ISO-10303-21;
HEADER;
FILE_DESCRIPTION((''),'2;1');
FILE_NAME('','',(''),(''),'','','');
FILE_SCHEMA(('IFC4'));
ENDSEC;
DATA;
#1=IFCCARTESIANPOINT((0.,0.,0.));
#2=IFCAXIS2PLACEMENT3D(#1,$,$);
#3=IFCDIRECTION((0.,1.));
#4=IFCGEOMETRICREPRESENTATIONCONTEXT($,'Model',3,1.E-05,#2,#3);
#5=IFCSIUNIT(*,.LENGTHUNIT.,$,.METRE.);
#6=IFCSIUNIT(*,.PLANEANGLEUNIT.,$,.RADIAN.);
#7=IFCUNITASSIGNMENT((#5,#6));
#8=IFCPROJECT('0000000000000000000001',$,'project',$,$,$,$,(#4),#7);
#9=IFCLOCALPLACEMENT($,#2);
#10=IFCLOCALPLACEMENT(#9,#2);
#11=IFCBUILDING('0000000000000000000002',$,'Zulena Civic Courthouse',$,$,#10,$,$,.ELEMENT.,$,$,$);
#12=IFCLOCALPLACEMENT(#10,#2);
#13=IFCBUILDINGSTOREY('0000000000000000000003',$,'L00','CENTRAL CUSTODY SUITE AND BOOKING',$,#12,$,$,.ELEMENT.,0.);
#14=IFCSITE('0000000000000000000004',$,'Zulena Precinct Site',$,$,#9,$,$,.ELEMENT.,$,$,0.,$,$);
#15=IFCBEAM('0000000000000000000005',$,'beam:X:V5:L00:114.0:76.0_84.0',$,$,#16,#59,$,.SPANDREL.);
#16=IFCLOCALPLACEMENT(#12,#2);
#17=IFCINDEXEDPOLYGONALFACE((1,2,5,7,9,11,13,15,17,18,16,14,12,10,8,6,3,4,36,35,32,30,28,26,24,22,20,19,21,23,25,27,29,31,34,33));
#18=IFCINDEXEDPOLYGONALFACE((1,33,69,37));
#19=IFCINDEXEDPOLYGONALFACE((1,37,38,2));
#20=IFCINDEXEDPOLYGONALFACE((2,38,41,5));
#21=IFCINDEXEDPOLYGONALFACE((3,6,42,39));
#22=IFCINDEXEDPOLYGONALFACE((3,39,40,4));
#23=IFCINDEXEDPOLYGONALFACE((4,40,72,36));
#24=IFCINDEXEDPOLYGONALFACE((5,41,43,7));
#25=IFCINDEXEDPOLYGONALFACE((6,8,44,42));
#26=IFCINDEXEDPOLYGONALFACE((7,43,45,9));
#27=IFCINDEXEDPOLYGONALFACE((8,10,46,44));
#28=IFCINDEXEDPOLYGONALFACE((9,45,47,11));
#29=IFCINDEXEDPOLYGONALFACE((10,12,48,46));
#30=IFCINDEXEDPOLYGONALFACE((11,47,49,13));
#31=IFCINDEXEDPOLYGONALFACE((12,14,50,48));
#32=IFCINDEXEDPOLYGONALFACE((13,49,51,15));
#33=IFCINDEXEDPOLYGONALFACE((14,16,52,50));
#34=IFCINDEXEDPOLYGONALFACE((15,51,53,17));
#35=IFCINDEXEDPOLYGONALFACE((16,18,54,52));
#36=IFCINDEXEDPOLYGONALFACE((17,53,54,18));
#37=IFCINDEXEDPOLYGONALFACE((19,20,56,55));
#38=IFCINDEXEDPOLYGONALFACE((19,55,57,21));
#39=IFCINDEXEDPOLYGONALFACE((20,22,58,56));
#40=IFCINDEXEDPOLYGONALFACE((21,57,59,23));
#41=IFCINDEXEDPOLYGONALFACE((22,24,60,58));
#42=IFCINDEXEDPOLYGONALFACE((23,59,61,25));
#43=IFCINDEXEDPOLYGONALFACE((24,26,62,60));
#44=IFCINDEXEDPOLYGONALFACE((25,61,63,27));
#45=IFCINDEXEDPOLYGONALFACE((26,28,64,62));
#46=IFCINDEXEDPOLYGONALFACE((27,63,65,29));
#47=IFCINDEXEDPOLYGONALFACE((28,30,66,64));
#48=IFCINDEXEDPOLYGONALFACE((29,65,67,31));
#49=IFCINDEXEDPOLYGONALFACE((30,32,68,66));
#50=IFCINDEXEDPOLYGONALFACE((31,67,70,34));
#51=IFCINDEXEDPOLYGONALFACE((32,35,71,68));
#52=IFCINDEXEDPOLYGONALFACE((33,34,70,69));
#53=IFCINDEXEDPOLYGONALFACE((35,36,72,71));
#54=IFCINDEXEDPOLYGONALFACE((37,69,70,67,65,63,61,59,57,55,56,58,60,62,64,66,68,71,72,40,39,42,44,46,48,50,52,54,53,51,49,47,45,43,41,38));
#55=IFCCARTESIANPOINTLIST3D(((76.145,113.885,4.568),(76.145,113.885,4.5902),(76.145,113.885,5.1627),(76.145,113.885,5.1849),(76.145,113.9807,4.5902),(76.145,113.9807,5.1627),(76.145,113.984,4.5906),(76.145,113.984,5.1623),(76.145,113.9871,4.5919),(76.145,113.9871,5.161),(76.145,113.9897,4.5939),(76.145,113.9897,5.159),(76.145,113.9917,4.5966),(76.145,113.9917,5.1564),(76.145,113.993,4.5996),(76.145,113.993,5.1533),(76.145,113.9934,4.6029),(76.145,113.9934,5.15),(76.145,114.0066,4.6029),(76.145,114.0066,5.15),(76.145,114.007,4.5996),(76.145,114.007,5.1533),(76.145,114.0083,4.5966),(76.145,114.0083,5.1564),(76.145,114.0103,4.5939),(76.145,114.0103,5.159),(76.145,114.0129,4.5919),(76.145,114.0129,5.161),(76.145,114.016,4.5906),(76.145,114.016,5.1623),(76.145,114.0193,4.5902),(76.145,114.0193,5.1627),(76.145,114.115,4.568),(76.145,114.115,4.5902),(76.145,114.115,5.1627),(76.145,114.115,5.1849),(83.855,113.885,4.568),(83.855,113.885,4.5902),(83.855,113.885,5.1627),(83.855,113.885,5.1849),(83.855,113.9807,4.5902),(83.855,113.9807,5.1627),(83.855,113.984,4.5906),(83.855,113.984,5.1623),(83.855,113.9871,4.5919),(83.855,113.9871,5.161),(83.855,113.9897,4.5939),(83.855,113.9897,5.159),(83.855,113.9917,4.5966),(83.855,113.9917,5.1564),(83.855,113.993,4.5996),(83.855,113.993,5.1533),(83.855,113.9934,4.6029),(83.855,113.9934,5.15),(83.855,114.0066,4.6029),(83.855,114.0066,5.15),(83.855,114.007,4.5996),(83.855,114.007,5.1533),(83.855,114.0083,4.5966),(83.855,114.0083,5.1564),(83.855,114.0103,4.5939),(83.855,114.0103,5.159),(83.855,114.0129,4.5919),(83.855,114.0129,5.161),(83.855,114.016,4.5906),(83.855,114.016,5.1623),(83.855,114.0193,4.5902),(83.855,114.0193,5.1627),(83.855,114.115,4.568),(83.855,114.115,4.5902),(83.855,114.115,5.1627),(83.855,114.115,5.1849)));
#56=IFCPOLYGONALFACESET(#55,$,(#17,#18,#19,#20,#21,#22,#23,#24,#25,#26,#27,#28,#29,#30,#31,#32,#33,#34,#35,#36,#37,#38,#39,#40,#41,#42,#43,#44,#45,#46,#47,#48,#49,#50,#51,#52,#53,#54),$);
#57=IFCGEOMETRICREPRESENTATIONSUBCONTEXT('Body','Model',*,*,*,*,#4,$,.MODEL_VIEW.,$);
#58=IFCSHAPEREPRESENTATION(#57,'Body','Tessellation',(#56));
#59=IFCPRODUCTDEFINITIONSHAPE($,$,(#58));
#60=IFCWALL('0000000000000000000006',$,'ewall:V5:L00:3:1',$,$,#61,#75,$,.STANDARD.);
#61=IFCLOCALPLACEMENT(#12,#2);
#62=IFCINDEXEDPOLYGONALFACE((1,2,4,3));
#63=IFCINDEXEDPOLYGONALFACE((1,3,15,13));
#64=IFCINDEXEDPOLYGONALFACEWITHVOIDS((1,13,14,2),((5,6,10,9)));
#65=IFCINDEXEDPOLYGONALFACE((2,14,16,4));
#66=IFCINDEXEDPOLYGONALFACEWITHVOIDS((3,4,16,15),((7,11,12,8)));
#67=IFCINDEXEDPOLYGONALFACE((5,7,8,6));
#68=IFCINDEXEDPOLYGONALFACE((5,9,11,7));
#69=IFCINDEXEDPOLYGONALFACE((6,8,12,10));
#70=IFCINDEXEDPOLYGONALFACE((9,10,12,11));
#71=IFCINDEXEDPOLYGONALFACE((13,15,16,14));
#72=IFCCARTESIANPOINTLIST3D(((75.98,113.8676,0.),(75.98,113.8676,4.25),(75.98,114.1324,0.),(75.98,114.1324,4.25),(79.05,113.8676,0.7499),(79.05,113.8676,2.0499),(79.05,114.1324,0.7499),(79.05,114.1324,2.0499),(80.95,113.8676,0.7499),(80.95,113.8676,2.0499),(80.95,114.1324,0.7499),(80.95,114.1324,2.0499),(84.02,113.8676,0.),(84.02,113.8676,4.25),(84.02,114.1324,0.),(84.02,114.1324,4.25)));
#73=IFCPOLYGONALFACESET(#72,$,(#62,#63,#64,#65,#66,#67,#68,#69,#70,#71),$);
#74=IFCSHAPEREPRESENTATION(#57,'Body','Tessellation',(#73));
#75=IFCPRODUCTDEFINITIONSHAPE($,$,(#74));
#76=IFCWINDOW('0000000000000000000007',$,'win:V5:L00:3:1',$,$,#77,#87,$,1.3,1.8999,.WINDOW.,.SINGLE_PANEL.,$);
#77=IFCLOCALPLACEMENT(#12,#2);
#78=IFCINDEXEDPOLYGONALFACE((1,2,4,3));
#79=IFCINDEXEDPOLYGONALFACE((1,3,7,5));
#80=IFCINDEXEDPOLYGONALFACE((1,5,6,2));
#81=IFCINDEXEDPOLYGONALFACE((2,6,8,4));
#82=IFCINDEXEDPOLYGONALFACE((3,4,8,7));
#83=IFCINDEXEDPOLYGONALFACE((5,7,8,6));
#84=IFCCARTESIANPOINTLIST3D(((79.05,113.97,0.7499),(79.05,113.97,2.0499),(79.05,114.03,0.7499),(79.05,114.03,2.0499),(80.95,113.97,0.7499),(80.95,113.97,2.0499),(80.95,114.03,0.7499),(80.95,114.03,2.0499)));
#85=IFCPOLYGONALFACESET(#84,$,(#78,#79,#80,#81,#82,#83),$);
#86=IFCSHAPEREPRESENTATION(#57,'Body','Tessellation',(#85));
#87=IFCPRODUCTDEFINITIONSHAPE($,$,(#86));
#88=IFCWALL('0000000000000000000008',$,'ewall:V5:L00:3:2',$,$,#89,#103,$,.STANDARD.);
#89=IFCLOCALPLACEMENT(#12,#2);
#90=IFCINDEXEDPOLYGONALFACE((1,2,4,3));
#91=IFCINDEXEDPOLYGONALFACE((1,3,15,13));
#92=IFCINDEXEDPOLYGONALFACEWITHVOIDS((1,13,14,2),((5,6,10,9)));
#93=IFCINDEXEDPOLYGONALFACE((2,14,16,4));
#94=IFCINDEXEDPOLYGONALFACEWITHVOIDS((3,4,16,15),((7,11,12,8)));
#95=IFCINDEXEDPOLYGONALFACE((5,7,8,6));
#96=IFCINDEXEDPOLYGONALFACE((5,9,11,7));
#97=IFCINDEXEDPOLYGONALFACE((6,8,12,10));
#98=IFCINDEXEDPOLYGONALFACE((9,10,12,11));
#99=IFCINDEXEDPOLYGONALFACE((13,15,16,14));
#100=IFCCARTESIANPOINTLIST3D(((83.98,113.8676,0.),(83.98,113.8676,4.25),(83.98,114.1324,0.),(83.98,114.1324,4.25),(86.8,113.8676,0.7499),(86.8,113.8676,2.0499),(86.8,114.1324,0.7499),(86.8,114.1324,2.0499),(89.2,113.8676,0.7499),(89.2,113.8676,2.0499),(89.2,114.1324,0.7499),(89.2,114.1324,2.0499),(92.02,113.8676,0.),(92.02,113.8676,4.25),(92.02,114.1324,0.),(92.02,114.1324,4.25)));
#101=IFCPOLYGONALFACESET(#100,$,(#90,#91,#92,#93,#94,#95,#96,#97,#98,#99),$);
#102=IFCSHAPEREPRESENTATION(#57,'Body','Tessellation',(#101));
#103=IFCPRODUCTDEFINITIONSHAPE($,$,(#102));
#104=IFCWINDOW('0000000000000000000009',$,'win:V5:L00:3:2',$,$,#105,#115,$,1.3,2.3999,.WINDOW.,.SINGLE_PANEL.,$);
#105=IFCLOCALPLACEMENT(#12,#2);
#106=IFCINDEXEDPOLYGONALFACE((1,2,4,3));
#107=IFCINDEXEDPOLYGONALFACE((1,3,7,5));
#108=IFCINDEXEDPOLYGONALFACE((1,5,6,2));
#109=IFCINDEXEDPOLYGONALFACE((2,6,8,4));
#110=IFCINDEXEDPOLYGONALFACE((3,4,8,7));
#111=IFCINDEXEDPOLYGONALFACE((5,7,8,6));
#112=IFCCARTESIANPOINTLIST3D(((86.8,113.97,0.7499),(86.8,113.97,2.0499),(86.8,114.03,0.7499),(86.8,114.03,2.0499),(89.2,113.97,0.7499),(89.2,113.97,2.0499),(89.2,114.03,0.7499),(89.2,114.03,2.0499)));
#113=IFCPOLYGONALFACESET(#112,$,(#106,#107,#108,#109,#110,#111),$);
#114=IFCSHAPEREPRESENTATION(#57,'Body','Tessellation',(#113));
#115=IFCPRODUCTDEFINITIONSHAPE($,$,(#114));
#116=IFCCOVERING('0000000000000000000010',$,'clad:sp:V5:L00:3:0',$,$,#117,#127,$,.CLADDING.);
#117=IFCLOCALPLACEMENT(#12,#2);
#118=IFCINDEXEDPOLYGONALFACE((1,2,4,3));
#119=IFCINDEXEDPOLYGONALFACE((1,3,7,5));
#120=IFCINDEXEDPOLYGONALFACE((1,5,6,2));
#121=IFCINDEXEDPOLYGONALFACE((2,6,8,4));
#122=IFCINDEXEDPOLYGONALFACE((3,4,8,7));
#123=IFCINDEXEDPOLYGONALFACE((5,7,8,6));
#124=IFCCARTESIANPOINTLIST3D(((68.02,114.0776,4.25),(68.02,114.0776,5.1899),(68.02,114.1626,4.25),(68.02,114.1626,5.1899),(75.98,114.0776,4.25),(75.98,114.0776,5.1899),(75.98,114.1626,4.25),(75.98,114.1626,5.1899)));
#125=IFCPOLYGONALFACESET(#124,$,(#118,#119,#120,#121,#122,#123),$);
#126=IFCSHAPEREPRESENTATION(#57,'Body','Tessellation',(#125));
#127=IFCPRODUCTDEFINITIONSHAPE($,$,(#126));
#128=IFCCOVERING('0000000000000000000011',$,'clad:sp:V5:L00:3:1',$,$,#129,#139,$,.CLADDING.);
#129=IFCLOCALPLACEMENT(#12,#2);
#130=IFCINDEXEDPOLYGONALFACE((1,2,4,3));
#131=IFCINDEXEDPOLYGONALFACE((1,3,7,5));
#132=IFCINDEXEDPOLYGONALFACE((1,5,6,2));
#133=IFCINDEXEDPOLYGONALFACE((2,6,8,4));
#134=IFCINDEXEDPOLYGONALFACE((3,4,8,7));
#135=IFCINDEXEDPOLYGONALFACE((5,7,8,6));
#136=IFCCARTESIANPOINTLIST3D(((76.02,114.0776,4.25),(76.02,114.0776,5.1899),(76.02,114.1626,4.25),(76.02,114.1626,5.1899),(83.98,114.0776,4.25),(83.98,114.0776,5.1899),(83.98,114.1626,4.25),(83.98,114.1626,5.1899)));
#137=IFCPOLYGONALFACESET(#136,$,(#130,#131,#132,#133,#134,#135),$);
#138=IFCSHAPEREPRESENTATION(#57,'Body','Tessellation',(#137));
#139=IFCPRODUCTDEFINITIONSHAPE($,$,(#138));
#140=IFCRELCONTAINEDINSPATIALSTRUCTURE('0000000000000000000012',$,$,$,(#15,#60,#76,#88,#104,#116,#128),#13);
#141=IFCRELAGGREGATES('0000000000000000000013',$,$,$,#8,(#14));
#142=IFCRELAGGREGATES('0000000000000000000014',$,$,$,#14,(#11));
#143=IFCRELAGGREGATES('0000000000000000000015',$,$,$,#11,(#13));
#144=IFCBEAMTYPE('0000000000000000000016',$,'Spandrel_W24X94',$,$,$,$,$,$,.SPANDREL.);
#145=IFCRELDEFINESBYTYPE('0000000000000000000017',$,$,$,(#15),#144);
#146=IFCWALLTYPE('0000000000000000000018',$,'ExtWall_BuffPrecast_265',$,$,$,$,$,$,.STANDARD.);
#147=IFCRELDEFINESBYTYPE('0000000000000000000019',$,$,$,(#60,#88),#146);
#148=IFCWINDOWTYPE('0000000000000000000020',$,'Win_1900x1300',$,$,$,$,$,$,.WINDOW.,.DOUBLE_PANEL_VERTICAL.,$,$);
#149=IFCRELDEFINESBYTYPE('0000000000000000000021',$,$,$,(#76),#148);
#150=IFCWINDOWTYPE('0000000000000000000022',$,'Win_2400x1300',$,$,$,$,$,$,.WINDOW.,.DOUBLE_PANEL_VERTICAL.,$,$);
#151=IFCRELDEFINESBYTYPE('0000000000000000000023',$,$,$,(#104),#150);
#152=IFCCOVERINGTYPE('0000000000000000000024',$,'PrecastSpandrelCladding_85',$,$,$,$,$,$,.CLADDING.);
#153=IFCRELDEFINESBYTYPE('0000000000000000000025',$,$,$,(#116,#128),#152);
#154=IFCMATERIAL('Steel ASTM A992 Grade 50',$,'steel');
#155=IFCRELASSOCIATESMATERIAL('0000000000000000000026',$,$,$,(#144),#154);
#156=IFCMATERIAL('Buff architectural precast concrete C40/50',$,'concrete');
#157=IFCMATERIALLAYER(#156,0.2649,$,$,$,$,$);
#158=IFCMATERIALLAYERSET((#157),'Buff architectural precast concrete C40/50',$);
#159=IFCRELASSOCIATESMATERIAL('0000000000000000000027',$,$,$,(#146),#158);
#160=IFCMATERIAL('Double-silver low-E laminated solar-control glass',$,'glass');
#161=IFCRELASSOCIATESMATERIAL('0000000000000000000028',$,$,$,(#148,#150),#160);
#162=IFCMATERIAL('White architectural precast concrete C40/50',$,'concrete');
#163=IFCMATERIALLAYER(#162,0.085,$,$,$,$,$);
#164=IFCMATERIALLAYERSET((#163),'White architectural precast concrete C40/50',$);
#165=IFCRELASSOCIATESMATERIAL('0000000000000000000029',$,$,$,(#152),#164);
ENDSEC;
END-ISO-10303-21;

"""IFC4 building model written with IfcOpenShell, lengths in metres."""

from ifc_helpers import new_model, si_unit, direction, frame, frame_2d, origin, origin_2d, place, context, subcontext, project, spatial, rectangle, i_section, extrude, material, layer, layer_set, material_profile, profile_set, type_object, element, fill, save


model = new_model("IFC4")

# Units and contexts
model_context = context("Model", 3, precision=1e-05, world=origin(), true_north=direction((0.0, 1.0)))
body_context = subcontext(model_context, "Body", "Model", "MODEL_VIEW")
ifc_project = project(units=[si_unit("LENGTHUNIT", "METRE"), si_unit("PLANEANGLEUNIT", "RADIAN")], contexts=[model_context])

# Site, building, storey
site_placement = place(None, origin())
site = spatial("IfcSite", under=ifc_project, at=site_placement, Name="Zulena Precinct Site", CompositionType="ELEMENT", RefElevation=0.0)
building_placement = place(site_placement, origin())
building = spatial("IfcBuilding", under=site, at=building_placement, Name="Zulena Civic Courthouse", CompositionType="ELEMENT")
storey_placement = place(building_placement, origin())
storey = spatial("IfcBuildingStorey", under=building, at=storey_placement, Name="L00", Description="CENTRAL CUSTODY SUITE AND BOOKING", CompositionType="ELEMENT", Elevation=0.0)

# Shared definitions
ifc_material_1 = material(Name="Steel ASTM A992 Grade 50", Category="steel")

# Beam
ifc_material_profile_1 = material_profile(ifc_material_1, i_section(OverallWidth=0.23, OverallDepth=0.6169, WebThickness=0.0132, FlangeThickness=0.0222, FilletRadius=0.0127, at=origin_2d()), Name="W24X94")
ifc_profile_set_1 = profile_set([ifc_material_profile_1], Name="Steel ASTM A992 Grade 50")
beam_type_1 = type_object("IfcBeamType", Name="Spandrel_W24X94", PredefinedType="SPANDREL", material=ifc_profile_set_1)
for number, where, z_axis, x_axis, name in (
    (1, (76.145, 114.0, 4.8765), (1.0, 0.0, 0.0), (0.0, 1.0, 0.0), "beam:X:V5:L00:114.0:76.0_84.0"),
):
    element("IfcBeam", number, at=place(storey_placement, frame(where, z_axis=z_axis, x_axis=x_axis)), inside=storey, type_object=beam_type_1, Name=name, PredefinedType="SPANDREL", context=body_context, shape_type="SweptSolid", body=[
        extrude(i_section(OverallWidth=0.23, OverallDepth=0.6169, WebThickness=0.0132, FlangeThickness=0.0222, FilletRadius=0.0127, at=origin_2d()), origin(), (0.0, 0.0, 1.0), 7.71),
    ])

# Walls, openings, windows
ifc_material_2 = material(Name="Buff architectural precast concrete C40/50", Category="concrete")
ifc_layer_1 = layer(ifc_material_2, 0.2649)
ifc_layer_set_1 = layer_set([ifc_layer_1], Name="Buff architectural precast concrete C40/50")
wall_type = type_object("IfcWallType", Name="ExtWall_BuffPrecast_265", PredefinedType="STANDARD", material=ifc_layer_set_1)
wall_1_placement = place(storey_placement, frame((75.98, 114.0, 0.0), z_axis=(0.0, 0.0, 1.0), x_axis=(1.0, 0.0, 0.0)))
wall_1 = element("IfcWall", 2, at=wall_1_placement, inside=storey, type_object=wall_type, Name="ewall:V5:L00:3:1", PredefinedType="STANDARD", context=body_context, shape_type="SweptSolid", body=[
    extrude(rectangle(XDim=8.04, YDim=0.2649, at=frame_2d((4.02, 0.0))), origin(), (0.0, 0.0, 1.0), 4.25),
])
opening_1_placement = place(wall_1_placement, frame((3.0701, 0.0, 0.75)))
opening_1 = element("IfcOpeningElement", 3, at=opening_1_placement, cuts=wall_1, PredefinedType="OPENING", context=body_context, shape_type="SweptSolid", body=[
    extrude(rectangle(XDim=1.8999, YDim=1.3, at=frame_2d((0.95, 0.6499))), frame((0.0, 0.1423, 0.0), z_axis=(0.0, -1.0, 0.0), x_axis=(1.0, 0.0, 0.0)), (0.0, 0.0, 1.0), 0.2849),
])
ifc_material_3 = material(Name="Double-silver low-E laminated solar-control glass", Category="glass")
window_type_1 = type_object("IfcWindowType", Name="Win_1900x1300", PartitioningType="DOUBLE_PANEL_VERTICAL", PredefinedType="WINDOW", material=ifc_material_3)
window_1_placement = place(opening_1_placement, origin())
window_1 = element("IfcWindow", 4, at=window_1_placement, inside=storey, type_object=window_type_1, Name="win:V5:L00:3:1", OverallHeight=1.3, OverallWidth=1.8999, PartitioningType="SINGLE_PANEL", PredefinedType="WINDOW", context=body_context, shape_type="SweptSolid", body=[
    extrude(rectangle(XDim=1.8999, YDim=1.3, at=frame_2d((0.95, 0.6499))), frame((0.0, 0.03, 0.0), z_axis=(0.0, -1.0, 0.0), x_axis=(1.0, 0.0, 0.0)), (0.0, 0.0, 1.0), 0.0601),
])
fill(opening_1, window_1)
wall_2_placement = place(storey_placement, frame((83.98, 114.0, 0.0), z_axis=(0.0, 0.0, 1.0), x_axis=(1.0, 0.0, 0.0)))
wall_2 = element("IfcWall", 5, at=wall_2_placement, inside=storey, type_object=wall_type, Name="ewall:V5:L00:3:2", PredefinedType="STANDARD", context=body_context, shape_type="SweptSolid", body=[
    extrude(rectangle(XDim=8.04, YDim=0.2649, at=frame_2d((4.02, 0.0))), origin(), (0.0, 0.0, 1.0), 4.25),
])
opening_2_placement = place(wall_2_placement, frame((2.8201, 0.0, 0.75)))
opening_2 = element("IfcOpeningElement", 6, at=opening_2_placement, cuts=wall_2, PredefinedType="OPENING", context=body_context, shape_type="SweptSolid", body=[
    extrude(rectangle(XDim=2.3999, YDim=1.3, at=frame_2d((1.2, 0.6499))), frame((0.0, 0.1423, 0.0), z_axis=(0.0, -1.0, 0.0), x_axis=(1.0, 0.0, 0.0)), (0.0, 0.0, 1.0), 0.2849),
])
window_type_2 = type_object("IfcWindowType", Name="Win_2400x1300", PartitioningType="DOUBLE_PANEL_VERTICAL", PredefinedType="WINDOW", material=ifc_material_3)
window_2_placement = place(opening_2_placement, origin())
window_2 = element("IfcWindow", 7, at=window_2_placement, inside=storey, type_object=window_type_2, Name="win:V5:L00:3:2", OverallHeight=1.3, OverallWidth=2.3999, PartitioningType="SINGLE_PANEL", PredefinedType="WINDOW", context=body_context, shape_type="SweptSolid", body=[
    extrude(rectangle(XDim=2.3999, YDim=1.3, at=frame_2d((1.2, 0.6499))), frame((0.0, 0.03, 0.0), z_axis=(0.0, -1.0, 0.0), x_axis=(1.0, 0.0, 0.0)), (0.0, 0.0, 1.0), 0.0601),
])
fill(opening_2, window_2)

# Coverings
ifc_material_4 = material(Name="White architectural precast concrete C40/50", Category="concrete")
ifc_layer_2 = layer(ifc_material_4, 0.085)
ifc_layer_set_2 = layer_set([ifc_layer_2], Name="White architectural precast concrete C40/50")
covering_type = type_object("IfcCoveringType", Name="PrecastSpandrelCladding_85", PredefinedType="CLADDING", material=ifc_layer_set_2)
for number, where, z_axis, x_axis, name in (
    (8, (72.0, 114.1201, 4.25), (0.0, 0.0, 1.0), (1.0, 0.0, 0.0), "clad:sp:V5:L00:3:0"),
    (9, (80.0, 114.1201, 4.25), (0.0, 0.0, 1.0), (1.0, 0.0, 0.0), "clad:sp:V5:L00:3:1"),
):
    element("IfcCovering", number, at=place(storey_placement, frame(where, z_axis=z_axis, x_axis=x_axis)), inside=storey, type_object=covering_type, Name=name, PredefinedType="CLADDING", context=body_context, shape_type="SweptSolid", body=[
        extrude(rectangle(XDim=7.96, YDim=0.085, at=origin_2d()), origin(), (0.0, 0.0, 1.0), 0.9399),
    ])

save(model, "model.ifc")
